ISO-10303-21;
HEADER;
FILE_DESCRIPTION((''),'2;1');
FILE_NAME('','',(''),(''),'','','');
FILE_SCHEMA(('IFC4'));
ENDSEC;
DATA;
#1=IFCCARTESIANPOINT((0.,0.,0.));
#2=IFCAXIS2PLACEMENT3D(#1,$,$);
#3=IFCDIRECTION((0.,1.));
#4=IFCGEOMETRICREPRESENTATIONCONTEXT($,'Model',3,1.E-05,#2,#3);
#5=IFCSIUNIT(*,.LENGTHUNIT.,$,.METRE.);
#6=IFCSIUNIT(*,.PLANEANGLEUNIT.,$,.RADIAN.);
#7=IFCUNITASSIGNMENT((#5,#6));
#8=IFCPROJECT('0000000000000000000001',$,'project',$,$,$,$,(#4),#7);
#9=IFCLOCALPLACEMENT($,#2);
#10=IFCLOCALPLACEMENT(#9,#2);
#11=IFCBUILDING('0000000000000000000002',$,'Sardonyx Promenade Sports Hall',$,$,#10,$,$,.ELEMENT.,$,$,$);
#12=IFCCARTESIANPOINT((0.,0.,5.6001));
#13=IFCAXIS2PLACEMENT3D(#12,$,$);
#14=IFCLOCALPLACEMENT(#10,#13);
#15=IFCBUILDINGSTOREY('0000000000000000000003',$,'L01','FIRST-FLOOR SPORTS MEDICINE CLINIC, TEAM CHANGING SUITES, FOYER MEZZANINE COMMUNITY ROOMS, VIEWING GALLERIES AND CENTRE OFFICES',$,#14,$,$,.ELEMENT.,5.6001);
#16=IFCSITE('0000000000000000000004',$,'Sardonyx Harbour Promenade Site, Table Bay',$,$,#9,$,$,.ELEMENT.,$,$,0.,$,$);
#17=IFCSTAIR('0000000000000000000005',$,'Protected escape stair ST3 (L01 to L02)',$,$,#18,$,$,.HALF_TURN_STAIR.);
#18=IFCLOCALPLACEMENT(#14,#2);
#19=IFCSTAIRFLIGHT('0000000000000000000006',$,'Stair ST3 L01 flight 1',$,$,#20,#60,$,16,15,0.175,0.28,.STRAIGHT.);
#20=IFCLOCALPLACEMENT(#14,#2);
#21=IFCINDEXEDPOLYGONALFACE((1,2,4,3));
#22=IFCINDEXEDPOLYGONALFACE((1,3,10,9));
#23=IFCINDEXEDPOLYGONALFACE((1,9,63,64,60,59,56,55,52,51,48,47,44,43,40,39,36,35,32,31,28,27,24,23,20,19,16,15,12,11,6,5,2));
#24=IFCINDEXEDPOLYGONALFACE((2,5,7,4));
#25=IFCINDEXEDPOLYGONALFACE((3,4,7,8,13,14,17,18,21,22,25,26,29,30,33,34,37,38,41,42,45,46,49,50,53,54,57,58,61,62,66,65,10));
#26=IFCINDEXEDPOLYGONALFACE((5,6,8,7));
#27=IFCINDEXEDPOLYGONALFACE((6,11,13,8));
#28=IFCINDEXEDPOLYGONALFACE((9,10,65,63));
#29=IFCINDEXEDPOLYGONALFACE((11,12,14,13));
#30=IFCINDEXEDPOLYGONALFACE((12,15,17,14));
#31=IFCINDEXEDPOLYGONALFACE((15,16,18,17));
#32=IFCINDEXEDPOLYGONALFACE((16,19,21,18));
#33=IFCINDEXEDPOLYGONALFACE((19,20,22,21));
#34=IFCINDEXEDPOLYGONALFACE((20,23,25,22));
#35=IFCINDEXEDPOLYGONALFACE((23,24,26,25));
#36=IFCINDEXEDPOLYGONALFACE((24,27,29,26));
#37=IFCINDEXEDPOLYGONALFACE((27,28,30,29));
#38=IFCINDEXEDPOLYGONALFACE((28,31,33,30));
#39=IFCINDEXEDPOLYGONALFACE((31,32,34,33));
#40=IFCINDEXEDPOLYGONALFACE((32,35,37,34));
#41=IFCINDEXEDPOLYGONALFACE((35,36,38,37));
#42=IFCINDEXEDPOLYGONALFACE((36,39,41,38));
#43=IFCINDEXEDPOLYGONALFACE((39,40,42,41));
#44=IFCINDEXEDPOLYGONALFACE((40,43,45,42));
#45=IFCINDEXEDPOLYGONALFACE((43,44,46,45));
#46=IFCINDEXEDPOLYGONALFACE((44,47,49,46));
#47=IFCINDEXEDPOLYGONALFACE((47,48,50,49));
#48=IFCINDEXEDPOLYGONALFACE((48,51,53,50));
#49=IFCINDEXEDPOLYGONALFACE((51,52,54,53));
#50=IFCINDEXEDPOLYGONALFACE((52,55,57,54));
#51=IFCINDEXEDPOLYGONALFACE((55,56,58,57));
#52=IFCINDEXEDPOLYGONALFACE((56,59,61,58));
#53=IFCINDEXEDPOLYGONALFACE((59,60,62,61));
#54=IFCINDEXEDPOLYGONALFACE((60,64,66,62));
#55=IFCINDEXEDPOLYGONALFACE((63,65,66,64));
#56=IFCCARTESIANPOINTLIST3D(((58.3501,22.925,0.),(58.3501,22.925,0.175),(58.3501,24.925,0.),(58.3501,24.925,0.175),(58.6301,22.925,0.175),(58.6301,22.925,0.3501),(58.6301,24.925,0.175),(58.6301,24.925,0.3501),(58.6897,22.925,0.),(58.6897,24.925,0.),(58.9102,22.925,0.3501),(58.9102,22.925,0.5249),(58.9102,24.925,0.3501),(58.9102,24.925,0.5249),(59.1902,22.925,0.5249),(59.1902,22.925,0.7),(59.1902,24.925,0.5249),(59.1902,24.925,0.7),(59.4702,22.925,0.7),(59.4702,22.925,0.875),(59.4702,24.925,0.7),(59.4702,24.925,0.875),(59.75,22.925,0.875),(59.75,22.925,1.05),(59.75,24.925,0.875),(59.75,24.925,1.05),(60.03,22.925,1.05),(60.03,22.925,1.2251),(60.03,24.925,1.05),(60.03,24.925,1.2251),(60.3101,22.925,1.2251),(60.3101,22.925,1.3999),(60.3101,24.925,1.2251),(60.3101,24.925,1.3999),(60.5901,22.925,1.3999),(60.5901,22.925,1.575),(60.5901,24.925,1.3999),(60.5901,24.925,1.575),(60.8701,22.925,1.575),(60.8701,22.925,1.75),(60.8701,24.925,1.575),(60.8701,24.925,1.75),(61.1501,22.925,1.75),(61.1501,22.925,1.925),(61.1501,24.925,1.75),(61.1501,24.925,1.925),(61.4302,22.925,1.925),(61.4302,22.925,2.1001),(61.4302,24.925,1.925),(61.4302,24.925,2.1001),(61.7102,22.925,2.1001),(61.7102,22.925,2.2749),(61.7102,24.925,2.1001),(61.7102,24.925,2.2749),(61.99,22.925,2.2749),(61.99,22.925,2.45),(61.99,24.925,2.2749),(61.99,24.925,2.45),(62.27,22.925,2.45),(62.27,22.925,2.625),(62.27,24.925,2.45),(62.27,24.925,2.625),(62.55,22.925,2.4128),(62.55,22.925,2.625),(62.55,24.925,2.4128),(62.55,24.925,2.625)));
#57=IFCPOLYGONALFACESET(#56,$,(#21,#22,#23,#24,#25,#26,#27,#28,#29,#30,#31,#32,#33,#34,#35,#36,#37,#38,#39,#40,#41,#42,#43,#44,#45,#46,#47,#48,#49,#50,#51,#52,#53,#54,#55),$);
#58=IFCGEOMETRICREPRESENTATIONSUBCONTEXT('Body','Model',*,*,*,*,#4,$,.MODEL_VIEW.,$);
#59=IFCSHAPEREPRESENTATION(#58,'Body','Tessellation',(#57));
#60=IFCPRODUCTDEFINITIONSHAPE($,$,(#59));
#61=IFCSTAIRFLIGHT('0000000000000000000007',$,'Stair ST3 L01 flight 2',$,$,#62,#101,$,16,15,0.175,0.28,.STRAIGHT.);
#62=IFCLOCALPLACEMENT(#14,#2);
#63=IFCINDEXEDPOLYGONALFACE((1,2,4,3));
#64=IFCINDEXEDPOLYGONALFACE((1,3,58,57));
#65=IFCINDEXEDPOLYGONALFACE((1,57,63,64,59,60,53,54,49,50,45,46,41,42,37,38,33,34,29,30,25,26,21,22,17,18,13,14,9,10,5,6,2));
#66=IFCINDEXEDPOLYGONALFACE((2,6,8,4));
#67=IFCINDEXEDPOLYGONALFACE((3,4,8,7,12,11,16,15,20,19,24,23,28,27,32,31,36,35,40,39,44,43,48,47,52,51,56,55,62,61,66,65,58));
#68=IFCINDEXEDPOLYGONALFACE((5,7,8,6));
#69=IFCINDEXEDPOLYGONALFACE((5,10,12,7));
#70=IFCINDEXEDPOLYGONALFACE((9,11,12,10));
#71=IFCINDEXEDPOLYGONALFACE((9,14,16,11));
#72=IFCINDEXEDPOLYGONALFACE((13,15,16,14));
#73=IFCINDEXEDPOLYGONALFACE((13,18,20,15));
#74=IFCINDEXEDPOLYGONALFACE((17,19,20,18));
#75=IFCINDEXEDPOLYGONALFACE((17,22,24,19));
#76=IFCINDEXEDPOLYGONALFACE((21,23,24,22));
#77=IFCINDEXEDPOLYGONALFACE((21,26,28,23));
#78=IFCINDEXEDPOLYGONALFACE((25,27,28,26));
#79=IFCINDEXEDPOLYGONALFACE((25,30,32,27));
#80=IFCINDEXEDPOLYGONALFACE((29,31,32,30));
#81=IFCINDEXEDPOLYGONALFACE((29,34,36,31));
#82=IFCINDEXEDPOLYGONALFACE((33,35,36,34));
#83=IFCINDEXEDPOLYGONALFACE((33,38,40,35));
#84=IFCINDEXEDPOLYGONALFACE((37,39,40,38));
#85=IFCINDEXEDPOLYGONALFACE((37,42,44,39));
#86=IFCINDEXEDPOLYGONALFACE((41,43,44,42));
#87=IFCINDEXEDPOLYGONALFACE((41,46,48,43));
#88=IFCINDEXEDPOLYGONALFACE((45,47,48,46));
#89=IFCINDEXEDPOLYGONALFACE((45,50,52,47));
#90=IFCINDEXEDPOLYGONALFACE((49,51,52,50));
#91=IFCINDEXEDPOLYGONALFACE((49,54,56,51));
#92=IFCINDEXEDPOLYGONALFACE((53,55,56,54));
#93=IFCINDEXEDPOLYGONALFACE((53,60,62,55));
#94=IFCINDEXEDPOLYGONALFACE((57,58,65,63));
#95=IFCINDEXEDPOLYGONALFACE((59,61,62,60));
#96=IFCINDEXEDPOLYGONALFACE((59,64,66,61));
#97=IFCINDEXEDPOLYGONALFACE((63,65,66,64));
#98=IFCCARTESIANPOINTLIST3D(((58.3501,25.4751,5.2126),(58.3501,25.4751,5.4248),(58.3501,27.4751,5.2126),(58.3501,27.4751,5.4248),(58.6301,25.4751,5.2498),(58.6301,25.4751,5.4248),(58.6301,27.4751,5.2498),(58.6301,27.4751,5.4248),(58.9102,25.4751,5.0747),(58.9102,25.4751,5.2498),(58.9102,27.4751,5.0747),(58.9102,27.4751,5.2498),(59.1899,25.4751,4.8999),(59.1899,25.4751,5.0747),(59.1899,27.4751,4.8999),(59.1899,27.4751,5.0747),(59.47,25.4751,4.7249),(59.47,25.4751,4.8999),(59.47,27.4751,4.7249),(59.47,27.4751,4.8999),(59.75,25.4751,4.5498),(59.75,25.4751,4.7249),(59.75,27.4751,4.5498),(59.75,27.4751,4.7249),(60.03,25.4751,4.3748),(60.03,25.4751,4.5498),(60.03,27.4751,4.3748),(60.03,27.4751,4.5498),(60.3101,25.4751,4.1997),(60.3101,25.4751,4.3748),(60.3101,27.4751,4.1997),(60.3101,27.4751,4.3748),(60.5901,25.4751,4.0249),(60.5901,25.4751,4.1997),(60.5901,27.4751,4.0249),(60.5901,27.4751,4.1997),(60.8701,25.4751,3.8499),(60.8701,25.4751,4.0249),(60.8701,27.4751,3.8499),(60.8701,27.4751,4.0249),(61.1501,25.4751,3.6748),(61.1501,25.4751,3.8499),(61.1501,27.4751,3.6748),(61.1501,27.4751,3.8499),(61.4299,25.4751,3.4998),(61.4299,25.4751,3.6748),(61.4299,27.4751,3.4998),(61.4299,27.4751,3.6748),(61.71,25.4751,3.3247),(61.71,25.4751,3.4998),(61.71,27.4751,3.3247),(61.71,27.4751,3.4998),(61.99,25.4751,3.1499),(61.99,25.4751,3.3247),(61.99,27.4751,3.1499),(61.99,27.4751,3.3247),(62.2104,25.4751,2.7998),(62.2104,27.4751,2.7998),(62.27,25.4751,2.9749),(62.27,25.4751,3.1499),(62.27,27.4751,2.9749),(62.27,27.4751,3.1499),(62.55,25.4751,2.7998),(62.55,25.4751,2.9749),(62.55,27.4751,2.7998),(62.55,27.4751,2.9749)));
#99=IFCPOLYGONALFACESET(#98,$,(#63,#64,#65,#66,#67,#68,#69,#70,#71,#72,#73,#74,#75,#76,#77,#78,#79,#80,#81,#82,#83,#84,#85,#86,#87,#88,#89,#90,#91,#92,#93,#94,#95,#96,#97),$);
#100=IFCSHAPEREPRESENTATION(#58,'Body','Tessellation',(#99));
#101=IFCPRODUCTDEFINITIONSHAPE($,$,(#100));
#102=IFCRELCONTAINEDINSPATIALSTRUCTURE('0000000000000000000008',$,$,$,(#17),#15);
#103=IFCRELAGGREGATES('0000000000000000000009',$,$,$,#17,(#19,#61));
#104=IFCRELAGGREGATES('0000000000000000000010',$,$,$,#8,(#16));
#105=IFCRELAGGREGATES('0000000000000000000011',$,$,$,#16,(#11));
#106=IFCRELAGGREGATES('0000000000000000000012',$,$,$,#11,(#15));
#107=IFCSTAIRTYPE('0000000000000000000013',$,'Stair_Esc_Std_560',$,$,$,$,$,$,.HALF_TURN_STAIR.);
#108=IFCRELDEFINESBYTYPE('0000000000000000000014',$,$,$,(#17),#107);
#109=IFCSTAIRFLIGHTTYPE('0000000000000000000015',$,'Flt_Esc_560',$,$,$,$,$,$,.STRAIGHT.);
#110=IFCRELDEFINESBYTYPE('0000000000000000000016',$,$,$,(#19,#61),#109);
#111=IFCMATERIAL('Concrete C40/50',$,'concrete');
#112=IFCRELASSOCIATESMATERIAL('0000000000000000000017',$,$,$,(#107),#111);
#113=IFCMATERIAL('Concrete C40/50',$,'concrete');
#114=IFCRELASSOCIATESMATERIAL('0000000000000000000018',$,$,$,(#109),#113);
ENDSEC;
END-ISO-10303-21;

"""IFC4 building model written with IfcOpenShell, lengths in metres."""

from ifc_helpers import new_model, si_unit, direction, frame, origin, place, context, subcontext, project, spatial, polyline, outline, extrude, material, type_object, element, aggregate, save


model = new_model("IFC4")

# Units and contexts
model_context = context("Model", 3, precision=1e-05, world=origin(), true_north=direction((0.0, 1.0)))
body_context = subcontext(model_context, "Body", "Model", "MODEL_VIEW")
ifc_project = project(units=[si_unit("LENGTHUNIT", "METRE"), si_unit("PLANEANGLEUNIT", "RADIAN")], contexts=[model_context])

# Site, building, storey
site_placement = place(None, origin())
site = spatial("IfcSite", under=ifc_project, at=site_placement, Name="Sardonyx Harbour Promenade Site, Table Bay", CompositionType="ELEMENT", RefElevation=0.0)
building_placement = place(site_placement, origin())
building = spatial("IfcBuilding", under=site, at=building_placement, Name="Sardonyx Promenade Sports Hall", CompositionType="ELEMENT")
storey_placement = place(building_placement, frame((0.0, 0.0, 5.6001)))
storey = spatial("IfcBuildingStorey", under=building, at=storey_placement, Name="L01", Description="FIRST-FLOOR SPORTS MEDICINE CLINIC, TEAM CHANGING SUITES, FOYER MEZZANINE COMMUNITY ROOMS, VIEWING GALLERIES AND CENTRE OFFICES", CompositionType="ELEMENT", Elevation=5.6001)

# Stair, stair flights
ifc_material_1 = material(Name="Concrete C40/50", Category="concrete")
stair_type = type_object("IfcStairType", Name="Stair_Esc_Std_560", PredefinedType="HALF_TURN_STAIR", material=ifc_material_1)
stair_placement = place(storey_placement, origin())
stair = element("IfcStair", 1, at=stair_placement, inside=storey, type_object=stair_type, Name="Protected escape stair ST3 (L01 to L02)", PredefinedType="HALF_TURN_STAIR")
ifc_material_2 = material(Name="Concrete C40/50", Category="concrete")
stair_flight_type = type_object("IfcStairFlightType", Name="Flt_Esc_560", PredefinedType="STRAIGHT", material=ifc_material_2)
stair_flight_1_placement = place(storey_placement, frame((58.3501, 23.925, 0.0), z_axis=(0.0, 0.0, 1.0), x_axis=(1.0, 0.0, 0.0)))
stair_flight_1 = element("IfcStairFlight", 2, at=stair_flight_1_placement, type_object=stair_flight_type, Name="Stair ST3 L01 flight 1", NumberOfRisers=16, NumberOfTreads=15, PredefinedType="STRAIGHT", RiserHeight=0.175, TreadLength=0.28, context=body_context, shape_type="SweptSolid", body=[
    extrude(outline(polyline([(0.0, 0.0), (0.0, 0.175), (0.28, 0.175), (0.28, 0.3501), (0.5601, 0.3501), (0.5601, 0.5249), (0.8401, 0.5249), (0.8401, 0.7), (1.1201, 0.7), (1.1201, 0.875), (1.3999, 0.875), (1.3999, 1.05), (1.6799, 1.05), (1.6799, 1.2251), (1.96, 1.2251), (1.96, 1.3999), (2.24, 1.3999), (2.24, 1.575), (2.52, 1.575), (2.52, 1.75), (2.8, 1.75), (2.8, 1.925), (3.0801, 1.925), (3.0801, 2.1001), (3.3601, 2.1001), (3.3601, 2.2749), (3.6399, 2.2749), (3.6399, 2.45), (3.9199, 2.45), (3.9199, 2.625), (4.2, 2.625), (4.2, 2.8), (4.2, 2.4128), (0.3396, 0.0), (0.0, 0.0)])), frame((0.0, 1.0, 0.0), z_axis=(0.0, -1.0, 0.0), x_axis=(1.0, 0.0, 0.0)), (0.0, 0.0, 1.0), 2.0),
])
stair_flight_2_placement = place(storey_placement, frame((62.55, 26.4751, 2.7998), z_axis=(0.0, 0.0, 1.0), x_axis=(-1.0, 0.0, 0.0)))
stair_flight_2 = element("IfcStairFlight", 3, at=stair_flight_2_placement, type_object=stair_flight_type, Name="Stair ST3 L01 flight 2", NumberOfRisers=16, NumberOfTreads=15, PredefinedType="STRAIGHT", RiserHeight=0.175, TreadLength=0.28, context=body_context, shape_type="SweptSolid", body=[
    extrude(outline(polyline([(0.0, 0.0), (0.0, 0.175), (0.28, 0.175), (0.28, 0.3501), (0.5601, 0.3501), (0.5601, 0.5249), (0.8401, 0.5249), (0.8401, 0.7), (1.1201, 0.7), (1.1201, 0.875), (1.3999, 0.875), (1.3999, 1.05), (1.6799, 1.05), (1.6799, 1.2251), (1.96, 1.2251), (1.96, 1.3999), (2.24, 1.3999), (2.24, 1.575), (2.52, 1.575), (2.52, 1.75), (2.8, 1.75), (2.8, 1.925), (3.0801, 1.925), (3.0801, 2.1001), (3.3601, 2.1001), (3.3601, 2.2749), (3.6399, 2.2749), (3.6399, 2.45), (3.9199, 2.45), (3.9199, 2.625), (4.2, 2.625), (4.2, 2.8), (4.2, 2.4128), (0.3396, 0.0), (0.0, 0.0)])), frame((0.0, 1.0, 0.0), z_axis=(0.0, -1.0, 0.0), x_axis=(1.0, 0.0, 0.0)), (0.0, 0.0, 1.0), 2.0),
])
aggregate(stair, [stair_flight_1, stair_flight_2])

save(model, "model.ifc")
